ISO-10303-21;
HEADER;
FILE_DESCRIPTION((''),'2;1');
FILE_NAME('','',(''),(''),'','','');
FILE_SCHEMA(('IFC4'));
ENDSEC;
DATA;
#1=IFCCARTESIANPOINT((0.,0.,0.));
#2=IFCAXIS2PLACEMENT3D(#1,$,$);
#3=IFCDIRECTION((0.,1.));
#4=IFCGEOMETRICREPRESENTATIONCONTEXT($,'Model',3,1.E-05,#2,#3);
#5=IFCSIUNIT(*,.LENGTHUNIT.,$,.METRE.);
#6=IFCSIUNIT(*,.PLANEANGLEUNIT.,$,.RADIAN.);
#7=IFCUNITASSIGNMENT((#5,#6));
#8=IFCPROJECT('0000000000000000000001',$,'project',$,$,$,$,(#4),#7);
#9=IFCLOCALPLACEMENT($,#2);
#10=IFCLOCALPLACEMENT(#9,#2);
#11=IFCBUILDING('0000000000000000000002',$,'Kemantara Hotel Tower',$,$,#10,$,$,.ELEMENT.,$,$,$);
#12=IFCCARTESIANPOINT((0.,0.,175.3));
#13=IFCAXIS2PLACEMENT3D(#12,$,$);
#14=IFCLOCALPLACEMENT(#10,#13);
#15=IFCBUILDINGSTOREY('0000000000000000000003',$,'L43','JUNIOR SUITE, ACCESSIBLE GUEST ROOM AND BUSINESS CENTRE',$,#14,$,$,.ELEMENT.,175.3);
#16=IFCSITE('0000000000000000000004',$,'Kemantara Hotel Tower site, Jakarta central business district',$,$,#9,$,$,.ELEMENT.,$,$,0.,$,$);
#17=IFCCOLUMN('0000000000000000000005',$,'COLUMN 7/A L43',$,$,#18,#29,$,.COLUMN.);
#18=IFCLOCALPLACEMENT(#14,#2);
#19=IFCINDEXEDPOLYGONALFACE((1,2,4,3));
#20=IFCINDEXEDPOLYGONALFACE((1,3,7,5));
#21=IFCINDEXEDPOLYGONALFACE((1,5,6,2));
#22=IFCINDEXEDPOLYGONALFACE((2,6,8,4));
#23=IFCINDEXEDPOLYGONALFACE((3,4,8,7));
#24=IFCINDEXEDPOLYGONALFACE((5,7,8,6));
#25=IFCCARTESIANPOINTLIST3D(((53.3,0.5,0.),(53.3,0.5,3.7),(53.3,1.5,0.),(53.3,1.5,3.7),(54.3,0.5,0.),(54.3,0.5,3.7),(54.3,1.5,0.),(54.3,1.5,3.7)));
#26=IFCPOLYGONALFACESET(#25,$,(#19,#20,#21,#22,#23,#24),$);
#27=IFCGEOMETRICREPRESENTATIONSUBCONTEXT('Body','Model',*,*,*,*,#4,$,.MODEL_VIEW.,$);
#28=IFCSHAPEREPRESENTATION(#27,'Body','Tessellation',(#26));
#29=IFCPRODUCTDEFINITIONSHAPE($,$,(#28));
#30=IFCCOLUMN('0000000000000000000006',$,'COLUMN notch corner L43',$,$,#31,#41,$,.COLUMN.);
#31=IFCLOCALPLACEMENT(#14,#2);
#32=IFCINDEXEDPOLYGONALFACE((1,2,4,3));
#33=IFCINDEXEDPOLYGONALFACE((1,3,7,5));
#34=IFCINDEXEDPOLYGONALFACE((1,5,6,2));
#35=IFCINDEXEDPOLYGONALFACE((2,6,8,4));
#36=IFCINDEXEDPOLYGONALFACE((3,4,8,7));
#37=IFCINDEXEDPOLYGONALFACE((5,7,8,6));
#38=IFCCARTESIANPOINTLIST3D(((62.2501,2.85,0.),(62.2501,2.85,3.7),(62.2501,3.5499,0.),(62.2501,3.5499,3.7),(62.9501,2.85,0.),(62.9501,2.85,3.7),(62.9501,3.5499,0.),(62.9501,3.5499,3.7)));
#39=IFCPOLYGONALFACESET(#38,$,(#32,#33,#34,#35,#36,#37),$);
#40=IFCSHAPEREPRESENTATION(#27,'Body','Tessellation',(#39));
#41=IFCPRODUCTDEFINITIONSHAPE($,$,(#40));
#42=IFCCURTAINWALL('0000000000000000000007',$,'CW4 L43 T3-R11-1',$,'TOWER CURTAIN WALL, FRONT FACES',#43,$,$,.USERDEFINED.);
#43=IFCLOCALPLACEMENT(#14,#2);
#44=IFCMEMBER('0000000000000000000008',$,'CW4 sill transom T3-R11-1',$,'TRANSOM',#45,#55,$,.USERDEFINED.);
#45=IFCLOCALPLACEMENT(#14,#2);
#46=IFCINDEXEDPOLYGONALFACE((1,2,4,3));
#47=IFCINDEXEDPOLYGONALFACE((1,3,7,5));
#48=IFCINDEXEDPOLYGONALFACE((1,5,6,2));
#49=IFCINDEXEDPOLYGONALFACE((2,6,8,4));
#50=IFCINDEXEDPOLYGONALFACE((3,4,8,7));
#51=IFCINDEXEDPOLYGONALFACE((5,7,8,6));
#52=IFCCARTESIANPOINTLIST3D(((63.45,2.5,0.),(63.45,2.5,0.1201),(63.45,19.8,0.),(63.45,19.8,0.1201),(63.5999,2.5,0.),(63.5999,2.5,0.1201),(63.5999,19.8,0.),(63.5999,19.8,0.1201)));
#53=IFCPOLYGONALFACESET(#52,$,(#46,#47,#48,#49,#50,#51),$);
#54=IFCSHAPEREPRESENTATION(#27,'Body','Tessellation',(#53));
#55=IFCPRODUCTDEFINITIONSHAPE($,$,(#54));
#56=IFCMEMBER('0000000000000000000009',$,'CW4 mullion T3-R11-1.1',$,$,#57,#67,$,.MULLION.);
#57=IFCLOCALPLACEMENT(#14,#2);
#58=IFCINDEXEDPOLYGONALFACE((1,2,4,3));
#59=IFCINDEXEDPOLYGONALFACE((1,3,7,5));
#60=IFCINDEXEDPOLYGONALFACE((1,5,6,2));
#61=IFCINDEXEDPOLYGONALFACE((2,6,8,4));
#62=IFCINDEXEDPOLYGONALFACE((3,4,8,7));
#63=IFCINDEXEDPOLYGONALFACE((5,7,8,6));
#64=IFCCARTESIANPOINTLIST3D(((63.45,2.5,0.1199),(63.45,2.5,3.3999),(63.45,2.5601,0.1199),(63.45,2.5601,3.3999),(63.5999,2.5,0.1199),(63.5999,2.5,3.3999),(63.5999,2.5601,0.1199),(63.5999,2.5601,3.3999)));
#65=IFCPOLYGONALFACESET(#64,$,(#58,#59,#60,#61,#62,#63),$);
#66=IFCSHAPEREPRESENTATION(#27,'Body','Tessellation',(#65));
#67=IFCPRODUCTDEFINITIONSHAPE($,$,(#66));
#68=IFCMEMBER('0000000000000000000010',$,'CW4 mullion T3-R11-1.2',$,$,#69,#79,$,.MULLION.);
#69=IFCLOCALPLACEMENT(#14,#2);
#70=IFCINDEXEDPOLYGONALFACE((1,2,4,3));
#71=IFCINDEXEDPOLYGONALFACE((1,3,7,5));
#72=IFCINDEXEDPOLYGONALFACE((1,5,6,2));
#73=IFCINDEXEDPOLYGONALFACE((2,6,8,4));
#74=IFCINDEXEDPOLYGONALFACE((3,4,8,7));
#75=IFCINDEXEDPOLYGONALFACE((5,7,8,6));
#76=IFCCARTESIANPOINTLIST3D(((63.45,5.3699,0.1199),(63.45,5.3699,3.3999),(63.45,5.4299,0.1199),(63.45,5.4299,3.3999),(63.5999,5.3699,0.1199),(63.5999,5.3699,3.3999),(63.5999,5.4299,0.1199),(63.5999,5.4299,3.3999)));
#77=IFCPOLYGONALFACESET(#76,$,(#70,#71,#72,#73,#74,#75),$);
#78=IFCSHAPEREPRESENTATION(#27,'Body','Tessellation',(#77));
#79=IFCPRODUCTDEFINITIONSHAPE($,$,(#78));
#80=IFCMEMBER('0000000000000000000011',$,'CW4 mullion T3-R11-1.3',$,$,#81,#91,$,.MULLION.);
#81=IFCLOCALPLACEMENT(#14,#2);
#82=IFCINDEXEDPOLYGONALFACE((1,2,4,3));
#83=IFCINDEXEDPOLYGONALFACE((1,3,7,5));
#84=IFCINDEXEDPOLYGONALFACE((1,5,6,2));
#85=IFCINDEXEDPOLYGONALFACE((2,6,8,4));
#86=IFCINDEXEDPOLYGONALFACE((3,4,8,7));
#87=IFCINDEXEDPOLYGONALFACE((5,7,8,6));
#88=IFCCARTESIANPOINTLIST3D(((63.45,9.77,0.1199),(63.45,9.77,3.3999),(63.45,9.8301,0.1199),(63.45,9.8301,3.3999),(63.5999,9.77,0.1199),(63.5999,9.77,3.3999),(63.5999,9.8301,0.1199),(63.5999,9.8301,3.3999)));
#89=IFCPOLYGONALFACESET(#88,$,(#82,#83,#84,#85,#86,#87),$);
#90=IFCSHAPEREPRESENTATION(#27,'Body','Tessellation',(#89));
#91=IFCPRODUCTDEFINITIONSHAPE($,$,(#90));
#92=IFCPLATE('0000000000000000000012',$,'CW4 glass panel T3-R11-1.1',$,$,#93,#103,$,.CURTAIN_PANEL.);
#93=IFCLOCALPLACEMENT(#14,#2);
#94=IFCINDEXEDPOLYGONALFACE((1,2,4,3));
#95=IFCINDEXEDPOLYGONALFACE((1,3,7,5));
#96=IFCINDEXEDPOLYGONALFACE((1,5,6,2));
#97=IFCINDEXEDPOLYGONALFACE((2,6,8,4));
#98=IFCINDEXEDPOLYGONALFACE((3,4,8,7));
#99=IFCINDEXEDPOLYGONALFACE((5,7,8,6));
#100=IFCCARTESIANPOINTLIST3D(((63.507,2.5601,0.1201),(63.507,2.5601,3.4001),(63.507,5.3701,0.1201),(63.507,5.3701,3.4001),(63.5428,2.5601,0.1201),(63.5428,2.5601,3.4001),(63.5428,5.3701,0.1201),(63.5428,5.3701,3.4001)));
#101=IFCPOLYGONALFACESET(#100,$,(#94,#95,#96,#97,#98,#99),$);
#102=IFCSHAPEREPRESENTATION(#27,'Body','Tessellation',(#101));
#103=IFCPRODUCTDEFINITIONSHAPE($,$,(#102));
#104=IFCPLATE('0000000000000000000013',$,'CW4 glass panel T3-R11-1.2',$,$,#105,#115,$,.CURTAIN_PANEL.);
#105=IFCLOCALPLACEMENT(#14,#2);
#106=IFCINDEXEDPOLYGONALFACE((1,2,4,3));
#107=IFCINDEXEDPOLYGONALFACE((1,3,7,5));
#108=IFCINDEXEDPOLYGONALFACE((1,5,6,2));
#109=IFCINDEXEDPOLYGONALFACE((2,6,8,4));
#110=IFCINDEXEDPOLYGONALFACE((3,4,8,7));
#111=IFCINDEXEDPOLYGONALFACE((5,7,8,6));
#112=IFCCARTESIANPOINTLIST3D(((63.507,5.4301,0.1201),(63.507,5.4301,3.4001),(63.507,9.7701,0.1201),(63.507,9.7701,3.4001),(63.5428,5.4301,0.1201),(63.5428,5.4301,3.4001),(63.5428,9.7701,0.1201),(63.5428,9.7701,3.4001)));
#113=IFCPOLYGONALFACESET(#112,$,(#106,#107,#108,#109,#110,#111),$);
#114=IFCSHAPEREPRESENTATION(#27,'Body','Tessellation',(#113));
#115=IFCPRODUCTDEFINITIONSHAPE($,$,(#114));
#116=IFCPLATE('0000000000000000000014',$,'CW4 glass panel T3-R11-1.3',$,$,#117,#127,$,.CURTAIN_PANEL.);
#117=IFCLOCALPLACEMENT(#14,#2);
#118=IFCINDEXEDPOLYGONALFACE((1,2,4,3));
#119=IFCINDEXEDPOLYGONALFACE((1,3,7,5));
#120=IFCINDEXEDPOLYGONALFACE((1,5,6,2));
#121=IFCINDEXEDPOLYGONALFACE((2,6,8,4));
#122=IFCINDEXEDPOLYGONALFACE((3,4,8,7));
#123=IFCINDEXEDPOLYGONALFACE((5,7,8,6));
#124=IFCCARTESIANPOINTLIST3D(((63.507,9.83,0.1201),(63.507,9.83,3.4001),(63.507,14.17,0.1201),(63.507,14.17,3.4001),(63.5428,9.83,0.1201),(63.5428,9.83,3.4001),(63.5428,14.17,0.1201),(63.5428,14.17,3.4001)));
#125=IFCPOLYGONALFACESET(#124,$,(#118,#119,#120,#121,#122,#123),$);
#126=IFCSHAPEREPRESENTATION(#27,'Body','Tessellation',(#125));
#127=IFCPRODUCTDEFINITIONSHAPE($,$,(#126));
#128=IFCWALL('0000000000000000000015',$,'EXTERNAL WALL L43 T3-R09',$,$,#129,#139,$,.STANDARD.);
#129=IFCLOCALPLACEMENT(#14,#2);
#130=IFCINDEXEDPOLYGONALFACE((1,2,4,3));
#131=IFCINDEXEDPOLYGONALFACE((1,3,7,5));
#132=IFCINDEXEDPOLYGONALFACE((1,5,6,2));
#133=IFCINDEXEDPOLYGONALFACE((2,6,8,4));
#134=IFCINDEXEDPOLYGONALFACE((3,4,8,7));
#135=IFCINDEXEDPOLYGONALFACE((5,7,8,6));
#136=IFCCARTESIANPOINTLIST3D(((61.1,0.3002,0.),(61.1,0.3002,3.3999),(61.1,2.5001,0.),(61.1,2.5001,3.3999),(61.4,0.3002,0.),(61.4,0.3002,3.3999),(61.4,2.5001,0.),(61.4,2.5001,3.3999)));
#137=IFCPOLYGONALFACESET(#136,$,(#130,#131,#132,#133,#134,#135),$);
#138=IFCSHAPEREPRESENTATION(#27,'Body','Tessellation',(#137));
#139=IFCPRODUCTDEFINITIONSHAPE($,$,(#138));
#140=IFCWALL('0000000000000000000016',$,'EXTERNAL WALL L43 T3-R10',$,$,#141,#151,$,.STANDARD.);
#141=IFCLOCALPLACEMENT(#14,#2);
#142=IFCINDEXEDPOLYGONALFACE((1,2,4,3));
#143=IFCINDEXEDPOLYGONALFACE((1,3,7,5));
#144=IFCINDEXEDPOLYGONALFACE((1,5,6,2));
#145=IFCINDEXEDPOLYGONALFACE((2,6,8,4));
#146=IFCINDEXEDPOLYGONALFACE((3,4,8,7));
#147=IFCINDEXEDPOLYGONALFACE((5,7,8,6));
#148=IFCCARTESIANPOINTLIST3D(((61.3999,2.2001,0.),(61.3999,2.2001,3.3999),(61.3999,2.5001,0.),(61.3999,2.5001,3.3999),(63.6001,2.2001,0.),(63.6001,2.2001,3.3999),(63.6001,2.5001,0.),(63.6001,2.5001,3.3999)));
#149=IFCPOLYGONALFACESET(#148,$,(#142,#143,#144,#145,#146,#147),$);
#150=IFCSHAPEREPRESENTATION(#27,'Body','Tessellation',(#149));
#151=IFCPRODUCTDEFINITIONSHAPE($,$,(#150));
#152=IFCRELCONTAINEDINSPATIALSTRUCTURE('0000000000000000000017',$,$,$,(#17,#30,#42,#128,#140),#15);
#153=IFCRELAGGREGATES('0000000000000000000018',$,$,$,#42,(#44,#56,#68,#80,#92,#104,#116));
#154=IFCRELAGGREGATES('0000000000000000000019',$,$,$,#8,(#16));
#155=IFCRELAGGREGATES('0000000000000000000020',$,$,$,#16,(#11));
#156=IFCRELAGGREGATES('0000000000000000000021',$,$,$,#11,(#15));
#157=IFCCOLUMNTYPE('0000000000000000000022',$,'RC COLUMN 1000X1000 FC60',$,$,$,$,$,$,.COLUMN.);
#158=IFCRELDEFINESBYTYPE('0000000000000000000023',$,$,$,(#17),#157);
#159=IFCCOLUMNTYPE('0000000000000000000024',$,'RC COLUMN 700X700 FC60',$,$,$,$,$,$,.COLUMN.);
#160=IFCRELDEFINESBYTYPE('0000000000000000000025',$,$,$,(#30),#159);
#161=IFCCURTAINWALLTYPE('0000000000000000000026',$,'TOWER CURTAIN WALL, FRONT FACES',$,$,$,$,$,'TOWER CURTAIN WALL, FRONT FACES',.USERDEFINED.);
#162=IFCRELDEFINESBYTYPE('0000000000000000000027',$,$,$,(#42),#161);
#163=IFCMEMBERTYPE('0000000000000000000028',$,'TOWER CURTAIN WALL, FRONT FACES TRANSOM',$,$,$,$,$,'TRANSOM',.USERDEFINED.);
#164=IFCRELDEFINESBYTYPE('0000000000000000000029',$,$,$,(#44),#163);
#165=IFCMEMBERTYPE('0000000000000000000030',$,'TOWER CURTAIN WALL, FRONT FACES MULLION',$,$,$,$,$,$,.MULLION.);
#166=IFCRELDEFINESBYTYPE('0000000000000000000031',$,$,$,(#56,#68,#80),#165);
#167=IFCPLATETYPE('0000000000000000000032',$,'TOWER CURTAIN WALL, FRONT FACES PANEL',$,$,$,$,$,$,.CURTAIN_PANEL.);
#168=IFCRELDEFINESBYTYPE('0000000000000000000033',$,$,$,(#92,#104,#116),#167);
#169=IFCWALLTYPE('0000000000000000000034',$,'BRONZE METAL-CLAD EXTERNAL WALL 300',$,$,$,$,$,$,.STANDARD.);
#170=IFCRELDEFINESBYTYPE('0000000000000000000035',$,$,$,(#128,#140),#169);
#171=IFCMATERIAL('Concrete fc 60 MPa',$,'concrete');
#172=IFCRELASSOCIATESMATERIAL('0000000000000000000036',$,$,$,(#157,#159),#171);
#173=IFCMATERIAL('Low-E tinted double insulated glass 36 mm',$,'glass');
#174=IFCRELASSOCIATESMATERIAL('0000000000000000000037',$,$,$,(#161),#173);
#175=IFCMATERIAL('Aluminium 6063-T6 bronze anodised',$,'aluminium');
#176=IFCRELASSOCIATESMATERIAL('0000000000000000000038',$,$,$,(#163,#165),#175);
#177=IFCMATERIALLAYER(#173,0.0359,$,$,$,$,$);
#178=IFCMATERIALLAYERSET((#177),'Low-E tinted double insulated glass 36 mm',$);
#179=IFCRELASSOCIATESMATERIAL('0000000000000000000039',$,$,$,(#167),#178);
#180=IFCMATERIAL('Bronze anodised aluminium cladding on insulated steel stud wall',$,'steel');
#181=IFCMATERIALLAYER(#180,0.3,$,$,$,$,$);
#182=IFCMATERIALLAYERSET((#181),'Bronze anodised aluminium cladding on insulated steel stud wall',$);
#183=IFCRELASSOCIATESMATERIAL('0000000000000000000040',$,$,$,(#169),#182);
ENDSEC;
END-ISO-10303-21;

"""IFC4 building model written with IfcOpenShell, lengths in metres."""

from ifc_helpers import new_model, si_unit, direction, frame, frame_2d, origin, origin_2d, place, context, subcontext, project, spatial, rectangle, extrude, source, transform, mapped, material, layer, layer_set, material_profile, profile_set, type_object, element, aggregate, save


model = new_model("IFC4")

# Units and contexts
model_context = context("Model", 3, precision=1e-05, world=origin(), true_north=direction((0.0, 1.0)))
body_context = subcontext(model_context, "Body", "Model", "MODEL_VIEW")
ifc_project = project(units=[si_unit("LENGTHUNIT", "METRE"), si_unit("PLANEANGLEUNIT", "RADIAN")], contexts=[model_context])

# Site, building, storey
site_placement = place(None, origin())
site = spatial("IfcSite", under=ifc_project, at=site_placement, Name="Kemantara Hotel Tower site, Jakarta central business district", CompositionType="ELEMENT", RefElevation=0.0)
building_placement = place(site_placement, origin())
building = spatial("IfcBuilding", under=site, at=building_placement, Name="Kemantara Hotel Tower", CompositionType="ELEMENT")
storey_placement = place(building_placement, frame((0.0, 0.0, 175.3)))
storey = spatial("IfcBuildingStorey", under=building, at=storey_placement, Name="L43", Description="JUNIOR SUITE, ACCESSIBLE GUEST ROOM AND BUSINESS CENTRE", CompositionType="ELEMENT", Elevation=175.3)

# Columns
ifc_material_1 = material(Name="Concrete fc 60 MPa", Category="concrete")
ifc_material_profile_1 = material_profile(ifc_material_1, rectangle(XDim=1.0, YDim=1.0, at=origin_2d()), Name="RC 1000X1000")
ifc_profile_set_1 = profile_set([ifc_material_profile_1], Name="Concrete fc 60 MPa")
column_type_1 = type_object("IfcColumnType", Name="RC COLUMN 1000X1000 FC60", PredefinedType="COLUMN", material=ifc_profile_set_1)
column_1_placement = place(storey_placement, frame((53.8, 1.0, 0.0), z_axis=(0.0, 0.0, 1.0), x_axis=(1.0, 0.0, 0.0)))
element("IfcColumn", 1, at=column_1_placement, inside=storey, type_object=column_type_1, Name="COLUMN 7/A L43", PredefinedType="COLUMN", context=body_context, shape_type="SweptSolid", body=[
    extrude(rectangle(XDim=1.0, YDim=1.0, at=origin_2d()), origin(), (0.0, 0.0, 1.0), 3.7),
])
ifc_material_profile_2 = material_profile(ifc_material_1, rectangle(XDim=0.7, YDim=0.7, at=origin_2d()), Name="RC 700X700")
ifc_profile_set_2 = profile_set([ifc_material_profile_2], Name="Concrete fc 60 MPa")
column_type_2 = type_object("IfcColumnType", Name="RC COLUMN 700X700 FC60", PredefinedType="COLUMN", material=ifc_profile_set_2)
column_2_placement = place(storey_placement, frame((62.6001, 3.2, 0.0), z_axis=(0.0, 0.0, 1.0), x_axis=(1.0, 0.0, 0.0)))
element("IfcColumn", 2, at=column_2_placement, inside=storey, type_object=column_type_2, Name="COLUMN notch corner L43", PredefinedType="COLUMN", context=body_context, shape_type="SweptSolid", body=[
    extrude(rectangle(XDim=0.7, YDim=0.7, at=origin_2d()), origin(), (0.0, 0.0, 1.0), 3.7),
])

# Curtain wall, members, plates
ifc_material_2 = material(Name="Low-E tinted double insulated glass 36 mm", Category="glass")
curtain_wall_type = type_object("IfcCurtainWallType", Name="TOWER CURTAIN WALL, FRONT FACES", ElementType="TOWER CURTAIN WALL, FRONT FACES", PredefinedType="USERDEFINED", material=ifc_material_2)
curtain_wall_placement = place(storey_placement, origin())
curtain_wall = element("IfcCurtainWall", 3, at=curtain_wall_placement, inside=storey, type_object=curtain_wall_type, Name="CW4 L43 T3-R11-1", ObjectType="TOWER CURTAIN WALL, FRONT FACES", PredefinedType="USERDEFINED")
ifc_material_3 = material(Name="Aluminium 6063-T6 bronze anodised", Category="aluminium")
ifc_material_profile_3 = material_profile(ifc_material_3, rectangle(XDim=0.1499, YDim=0.1201, at=origin_2d()), Name="TOWER CURTAIN WALL, FRONT FACES TRANSOM")
ifc_profile_set_3 = profile_set([ifc_material_profile_3], Name="Aluminium 6063-T6 bronze anodised")
member_type_1 = type_object("IfcMemberType", Name="TOWER CURTAIN WALL, FRONT FACES TRANSOM", ElementType="TRANSOM", PredefinedType="USERDEFINED", material=ifc_profile_set_3)
member_1_placement = place(storey_placement, frame((63.5249, 2.5, 0.0601), z_axis=(0.0, 1.0, 0.0), x_axis=(-1.0, 0.0, 0.0)))
member_1 = element("IfcMember", 4, at=member_1_placement, type_object=member_type_1, Name="CW4 sill transom T3-R11-1", ObjectType="TRANSOM", PredefinedType="USERDEFINED", context=body_context, shape_type="SweptSolid", body=[
    extrude(rectangle(XDim=0.1499, YDim=0.1201, at=origin_2d()), origin(), (0.0, 0.0, 1.0), 17.3),
])
ifc_material_profile_4 = material_profile(ifc_material_3, rectangle(XDim=0.1499, YDim=0.0601, at=origin_2d()), Name="TOWER CURTAIN WALL, FRONT FACES MULLION")
ifc_profile_set_4 = profile_set([ifc_material_profile_4], Name="Aluminium 6063-T6 bronze anodised")
member_type_2 = type_object("IfcMemberType", Name="TOWER CURTAIN WALL, FRONT FACES MULLION", PredefinedType="MULLION", material=ifc_profile_set_4)
shared_shape_1 = source(origin(), body_context, "Body", "SweptSolid", [
    extrude(rectangle(XDim=0.1499, YDim=0.0601, at=origin_2d()), origin(), (0.0, 0.0, 1.0), 3.28),
])
member_2_placement = place(storey_placement, frame((63.5249, 2.53, 0.1199), z_axis=(0.0, 0.0, 1.0), x_axis=(-1.0, 0.0, 0.0)))
member_2 = element("IfcMember", 5, at=member_2_placement, type_object=member_type_2, Name="CW4 mullion T3-R11-1.1", PredefinedType="MULLION", context=body_context, shape_type="MappedRepresentation", body=[
    mapped(shared_shape_1, transform((0.0, 0.0, 0.0))),
])
member_3_placement = place(storey_placement, frame((63.5249, 5.3999, 0.1199), z_axis=(0.0, 0.0, 1.0), x_axis=(-1.0, 0.0, 0.0)))
member_3 = element("IfcMember", 6, at=member_3_placement, type_object=member_type_2, Name="CW4 mullion T3-R11-1.2", PredefinedType="MULLION", context=body_context, shape_type="MappedRepresentation", body=[
    mapped(shared_shape_1, transform((0.0, 0.0, 0.0))),
])
member_4_placement = place(storey_placement, frame((63.5249, 9.8, 0.1199), z_axis=(0.0, 0.0, 1.0), x_axis=(-1.0, 0.0, 0.0)))
member_4 = element("IfcMember", 7, at=member_4_placement, type_object=member_type_2, Name="CW4 mullion T3-R11-1.3", PredefinedType="MULLION", context=body_context, shape_type="MappedRepresentation", body=[
    mapped(shared_shape_1, transform((0.0, 0.0, 0.0))),
])
ifc_layer_1 = layer(ifc_material_2, 0.0359)
ifc_layer_set_1 = layer_set([ifc_layer_1], Name="Low-E tinted double insulated glass 36 mm")
plate_type = type_object("IfcPlateType", Name="TOWER CURTAIN WALL, FRONT FACES PANEL", PredefinedType="CURTAIN_PANEL", material=ifc_layer_set_1)
shared_shape_2 = source(origin(), body_context, "Body", "SweptSolid", [
    extrude(rectangle(XDim=2.8101, YDim=0.0359, at=origin_2d()), origin(), (0.0, 0.0, 1.0), 3.28),
])
plate_1_placement = place(storey_placement, frame((63.5249, 3.9651, 0.1201), z_axis=(0.0, 0.0, 1.0), x_axis=(0.0, 1.0, 0.0)))
plate_1 = element("IfcPlate", 8, at=plate_1_placement, type_object=plate_type, Name="CW4 glass panel T3-R11-1.1", PredefinedType="CURTAIN_PANEL", context=body_context, shape_type="MappedRepresentation", body=[
    mapped(shared_shape_2, transform((0.0, 0.0, 0.0))),
])
shared_shape_3 = source(origin(), body_context, "Body", "SweptSolid", [
    extrude(rectangle(XDim=4.3401, YDim=0.0359, at=origin_2d()), origin(), (0.0, 0.0, 1.0), 3.28),
])
plate_2_placement = place(storey_placement, frame((63.5249, 7.6001, 0.1201), z_axis=(0.0, 0.0, 1.0), x_axis=(0.0, 1.0, 0.0)))
plate_2 = element("IfcPlate", 9, at=plate_2_placement, type_object=plate_type, Name="CW4 glass panel T3-R11-1.2", PredefinedType="CURTAIN_PANEL", context=body_context, shape_type="MappedRepresentation", body=[
    mapped(shared_shape_3, transform((0.0, 0.0, 0.0))),
])
plate_3_placement = place(storey_placement, frame((63.5249, 12.0, 0.1201), z_axis=(0.0, 0.0, 1.0), x_axis=(0.0, 1.0, 0.0)))
plate_3 = element("IfcPlate", 10, at=plate_3_placement, type_object=plate_type, Name="CW4 glass panel T3-R11-1.3", PredefinedType="CURTAIN_PANEL", context=body_context, shape_type="MappedRepresentation", body=[
    mapped(shared_shape_3, transform((0.0, 0.0, 0.0))),
])
aggregate(curtain_wall, [member_1, member_2, member_3, member_4, plate_1, plate_2, plate_3])

# Walls
ifc_material_4 = material(Name="Bronze anodised aluminium cladding on insulated steel stud wall", Category="steel")
ifc_layer_2 = layer(ifc_material_4, 0.3)
ifc_layer_set_2 = layer_set([ifc_layer_2], Name="Bronze anodised aluminium cladding on insulated steel stud wall")
wall_type_1 = type_object("IfcWallType", Name="BRONZE METAL-CLAD EXTERNAL WALL 300", PredefinedType="STANDARD", material=ifc_layer_set_2)
wall_1_placement = place(storey_placement, frame((61.25, 0.3, 0.0), z_axis=(0.0, 0.0, 1.0), x_axis=(0.0, 1.0, 0.0)))
element("IfcWall", 11, at=wall_1_placement, inside=storey, type_object=wall_type_1, Name="EXTERNAL WALL L43 T3-R09", PredefinedType="STANDARD", context=body_context, shape_type="SweptSolid", body=[
    extrude(rectangle(XDim=2.2, YDim=0.3, at=frame_2d((1.1001, 0.0))), origin(), (0.0, 0.0, 1.0), 3.3999),
])
wall_2_placement = place(storey_placement, frame((61.3999, 2.3501, 0.0), z_axis=(0.0, 0.0, 1.0), x_axis=(1.0, 0.0, 0.0)))
element("IfcWall", 12, at=wall_2_placement, inside=storey, type_object=wall_type_1, Name="EXTERNAL WALL L43 T3-R10", PredefinedType="STANDARD", context=body_context, shape_type="SweptSolid", body=[
    extrude(rectangle(XDim=2.2002, YDim=0.3, at=frame_2d((1.1001, 0.0))), origin(), (0.0, 0.0, 1.0), 3.3999),
])

save(model, "model.ifc")
